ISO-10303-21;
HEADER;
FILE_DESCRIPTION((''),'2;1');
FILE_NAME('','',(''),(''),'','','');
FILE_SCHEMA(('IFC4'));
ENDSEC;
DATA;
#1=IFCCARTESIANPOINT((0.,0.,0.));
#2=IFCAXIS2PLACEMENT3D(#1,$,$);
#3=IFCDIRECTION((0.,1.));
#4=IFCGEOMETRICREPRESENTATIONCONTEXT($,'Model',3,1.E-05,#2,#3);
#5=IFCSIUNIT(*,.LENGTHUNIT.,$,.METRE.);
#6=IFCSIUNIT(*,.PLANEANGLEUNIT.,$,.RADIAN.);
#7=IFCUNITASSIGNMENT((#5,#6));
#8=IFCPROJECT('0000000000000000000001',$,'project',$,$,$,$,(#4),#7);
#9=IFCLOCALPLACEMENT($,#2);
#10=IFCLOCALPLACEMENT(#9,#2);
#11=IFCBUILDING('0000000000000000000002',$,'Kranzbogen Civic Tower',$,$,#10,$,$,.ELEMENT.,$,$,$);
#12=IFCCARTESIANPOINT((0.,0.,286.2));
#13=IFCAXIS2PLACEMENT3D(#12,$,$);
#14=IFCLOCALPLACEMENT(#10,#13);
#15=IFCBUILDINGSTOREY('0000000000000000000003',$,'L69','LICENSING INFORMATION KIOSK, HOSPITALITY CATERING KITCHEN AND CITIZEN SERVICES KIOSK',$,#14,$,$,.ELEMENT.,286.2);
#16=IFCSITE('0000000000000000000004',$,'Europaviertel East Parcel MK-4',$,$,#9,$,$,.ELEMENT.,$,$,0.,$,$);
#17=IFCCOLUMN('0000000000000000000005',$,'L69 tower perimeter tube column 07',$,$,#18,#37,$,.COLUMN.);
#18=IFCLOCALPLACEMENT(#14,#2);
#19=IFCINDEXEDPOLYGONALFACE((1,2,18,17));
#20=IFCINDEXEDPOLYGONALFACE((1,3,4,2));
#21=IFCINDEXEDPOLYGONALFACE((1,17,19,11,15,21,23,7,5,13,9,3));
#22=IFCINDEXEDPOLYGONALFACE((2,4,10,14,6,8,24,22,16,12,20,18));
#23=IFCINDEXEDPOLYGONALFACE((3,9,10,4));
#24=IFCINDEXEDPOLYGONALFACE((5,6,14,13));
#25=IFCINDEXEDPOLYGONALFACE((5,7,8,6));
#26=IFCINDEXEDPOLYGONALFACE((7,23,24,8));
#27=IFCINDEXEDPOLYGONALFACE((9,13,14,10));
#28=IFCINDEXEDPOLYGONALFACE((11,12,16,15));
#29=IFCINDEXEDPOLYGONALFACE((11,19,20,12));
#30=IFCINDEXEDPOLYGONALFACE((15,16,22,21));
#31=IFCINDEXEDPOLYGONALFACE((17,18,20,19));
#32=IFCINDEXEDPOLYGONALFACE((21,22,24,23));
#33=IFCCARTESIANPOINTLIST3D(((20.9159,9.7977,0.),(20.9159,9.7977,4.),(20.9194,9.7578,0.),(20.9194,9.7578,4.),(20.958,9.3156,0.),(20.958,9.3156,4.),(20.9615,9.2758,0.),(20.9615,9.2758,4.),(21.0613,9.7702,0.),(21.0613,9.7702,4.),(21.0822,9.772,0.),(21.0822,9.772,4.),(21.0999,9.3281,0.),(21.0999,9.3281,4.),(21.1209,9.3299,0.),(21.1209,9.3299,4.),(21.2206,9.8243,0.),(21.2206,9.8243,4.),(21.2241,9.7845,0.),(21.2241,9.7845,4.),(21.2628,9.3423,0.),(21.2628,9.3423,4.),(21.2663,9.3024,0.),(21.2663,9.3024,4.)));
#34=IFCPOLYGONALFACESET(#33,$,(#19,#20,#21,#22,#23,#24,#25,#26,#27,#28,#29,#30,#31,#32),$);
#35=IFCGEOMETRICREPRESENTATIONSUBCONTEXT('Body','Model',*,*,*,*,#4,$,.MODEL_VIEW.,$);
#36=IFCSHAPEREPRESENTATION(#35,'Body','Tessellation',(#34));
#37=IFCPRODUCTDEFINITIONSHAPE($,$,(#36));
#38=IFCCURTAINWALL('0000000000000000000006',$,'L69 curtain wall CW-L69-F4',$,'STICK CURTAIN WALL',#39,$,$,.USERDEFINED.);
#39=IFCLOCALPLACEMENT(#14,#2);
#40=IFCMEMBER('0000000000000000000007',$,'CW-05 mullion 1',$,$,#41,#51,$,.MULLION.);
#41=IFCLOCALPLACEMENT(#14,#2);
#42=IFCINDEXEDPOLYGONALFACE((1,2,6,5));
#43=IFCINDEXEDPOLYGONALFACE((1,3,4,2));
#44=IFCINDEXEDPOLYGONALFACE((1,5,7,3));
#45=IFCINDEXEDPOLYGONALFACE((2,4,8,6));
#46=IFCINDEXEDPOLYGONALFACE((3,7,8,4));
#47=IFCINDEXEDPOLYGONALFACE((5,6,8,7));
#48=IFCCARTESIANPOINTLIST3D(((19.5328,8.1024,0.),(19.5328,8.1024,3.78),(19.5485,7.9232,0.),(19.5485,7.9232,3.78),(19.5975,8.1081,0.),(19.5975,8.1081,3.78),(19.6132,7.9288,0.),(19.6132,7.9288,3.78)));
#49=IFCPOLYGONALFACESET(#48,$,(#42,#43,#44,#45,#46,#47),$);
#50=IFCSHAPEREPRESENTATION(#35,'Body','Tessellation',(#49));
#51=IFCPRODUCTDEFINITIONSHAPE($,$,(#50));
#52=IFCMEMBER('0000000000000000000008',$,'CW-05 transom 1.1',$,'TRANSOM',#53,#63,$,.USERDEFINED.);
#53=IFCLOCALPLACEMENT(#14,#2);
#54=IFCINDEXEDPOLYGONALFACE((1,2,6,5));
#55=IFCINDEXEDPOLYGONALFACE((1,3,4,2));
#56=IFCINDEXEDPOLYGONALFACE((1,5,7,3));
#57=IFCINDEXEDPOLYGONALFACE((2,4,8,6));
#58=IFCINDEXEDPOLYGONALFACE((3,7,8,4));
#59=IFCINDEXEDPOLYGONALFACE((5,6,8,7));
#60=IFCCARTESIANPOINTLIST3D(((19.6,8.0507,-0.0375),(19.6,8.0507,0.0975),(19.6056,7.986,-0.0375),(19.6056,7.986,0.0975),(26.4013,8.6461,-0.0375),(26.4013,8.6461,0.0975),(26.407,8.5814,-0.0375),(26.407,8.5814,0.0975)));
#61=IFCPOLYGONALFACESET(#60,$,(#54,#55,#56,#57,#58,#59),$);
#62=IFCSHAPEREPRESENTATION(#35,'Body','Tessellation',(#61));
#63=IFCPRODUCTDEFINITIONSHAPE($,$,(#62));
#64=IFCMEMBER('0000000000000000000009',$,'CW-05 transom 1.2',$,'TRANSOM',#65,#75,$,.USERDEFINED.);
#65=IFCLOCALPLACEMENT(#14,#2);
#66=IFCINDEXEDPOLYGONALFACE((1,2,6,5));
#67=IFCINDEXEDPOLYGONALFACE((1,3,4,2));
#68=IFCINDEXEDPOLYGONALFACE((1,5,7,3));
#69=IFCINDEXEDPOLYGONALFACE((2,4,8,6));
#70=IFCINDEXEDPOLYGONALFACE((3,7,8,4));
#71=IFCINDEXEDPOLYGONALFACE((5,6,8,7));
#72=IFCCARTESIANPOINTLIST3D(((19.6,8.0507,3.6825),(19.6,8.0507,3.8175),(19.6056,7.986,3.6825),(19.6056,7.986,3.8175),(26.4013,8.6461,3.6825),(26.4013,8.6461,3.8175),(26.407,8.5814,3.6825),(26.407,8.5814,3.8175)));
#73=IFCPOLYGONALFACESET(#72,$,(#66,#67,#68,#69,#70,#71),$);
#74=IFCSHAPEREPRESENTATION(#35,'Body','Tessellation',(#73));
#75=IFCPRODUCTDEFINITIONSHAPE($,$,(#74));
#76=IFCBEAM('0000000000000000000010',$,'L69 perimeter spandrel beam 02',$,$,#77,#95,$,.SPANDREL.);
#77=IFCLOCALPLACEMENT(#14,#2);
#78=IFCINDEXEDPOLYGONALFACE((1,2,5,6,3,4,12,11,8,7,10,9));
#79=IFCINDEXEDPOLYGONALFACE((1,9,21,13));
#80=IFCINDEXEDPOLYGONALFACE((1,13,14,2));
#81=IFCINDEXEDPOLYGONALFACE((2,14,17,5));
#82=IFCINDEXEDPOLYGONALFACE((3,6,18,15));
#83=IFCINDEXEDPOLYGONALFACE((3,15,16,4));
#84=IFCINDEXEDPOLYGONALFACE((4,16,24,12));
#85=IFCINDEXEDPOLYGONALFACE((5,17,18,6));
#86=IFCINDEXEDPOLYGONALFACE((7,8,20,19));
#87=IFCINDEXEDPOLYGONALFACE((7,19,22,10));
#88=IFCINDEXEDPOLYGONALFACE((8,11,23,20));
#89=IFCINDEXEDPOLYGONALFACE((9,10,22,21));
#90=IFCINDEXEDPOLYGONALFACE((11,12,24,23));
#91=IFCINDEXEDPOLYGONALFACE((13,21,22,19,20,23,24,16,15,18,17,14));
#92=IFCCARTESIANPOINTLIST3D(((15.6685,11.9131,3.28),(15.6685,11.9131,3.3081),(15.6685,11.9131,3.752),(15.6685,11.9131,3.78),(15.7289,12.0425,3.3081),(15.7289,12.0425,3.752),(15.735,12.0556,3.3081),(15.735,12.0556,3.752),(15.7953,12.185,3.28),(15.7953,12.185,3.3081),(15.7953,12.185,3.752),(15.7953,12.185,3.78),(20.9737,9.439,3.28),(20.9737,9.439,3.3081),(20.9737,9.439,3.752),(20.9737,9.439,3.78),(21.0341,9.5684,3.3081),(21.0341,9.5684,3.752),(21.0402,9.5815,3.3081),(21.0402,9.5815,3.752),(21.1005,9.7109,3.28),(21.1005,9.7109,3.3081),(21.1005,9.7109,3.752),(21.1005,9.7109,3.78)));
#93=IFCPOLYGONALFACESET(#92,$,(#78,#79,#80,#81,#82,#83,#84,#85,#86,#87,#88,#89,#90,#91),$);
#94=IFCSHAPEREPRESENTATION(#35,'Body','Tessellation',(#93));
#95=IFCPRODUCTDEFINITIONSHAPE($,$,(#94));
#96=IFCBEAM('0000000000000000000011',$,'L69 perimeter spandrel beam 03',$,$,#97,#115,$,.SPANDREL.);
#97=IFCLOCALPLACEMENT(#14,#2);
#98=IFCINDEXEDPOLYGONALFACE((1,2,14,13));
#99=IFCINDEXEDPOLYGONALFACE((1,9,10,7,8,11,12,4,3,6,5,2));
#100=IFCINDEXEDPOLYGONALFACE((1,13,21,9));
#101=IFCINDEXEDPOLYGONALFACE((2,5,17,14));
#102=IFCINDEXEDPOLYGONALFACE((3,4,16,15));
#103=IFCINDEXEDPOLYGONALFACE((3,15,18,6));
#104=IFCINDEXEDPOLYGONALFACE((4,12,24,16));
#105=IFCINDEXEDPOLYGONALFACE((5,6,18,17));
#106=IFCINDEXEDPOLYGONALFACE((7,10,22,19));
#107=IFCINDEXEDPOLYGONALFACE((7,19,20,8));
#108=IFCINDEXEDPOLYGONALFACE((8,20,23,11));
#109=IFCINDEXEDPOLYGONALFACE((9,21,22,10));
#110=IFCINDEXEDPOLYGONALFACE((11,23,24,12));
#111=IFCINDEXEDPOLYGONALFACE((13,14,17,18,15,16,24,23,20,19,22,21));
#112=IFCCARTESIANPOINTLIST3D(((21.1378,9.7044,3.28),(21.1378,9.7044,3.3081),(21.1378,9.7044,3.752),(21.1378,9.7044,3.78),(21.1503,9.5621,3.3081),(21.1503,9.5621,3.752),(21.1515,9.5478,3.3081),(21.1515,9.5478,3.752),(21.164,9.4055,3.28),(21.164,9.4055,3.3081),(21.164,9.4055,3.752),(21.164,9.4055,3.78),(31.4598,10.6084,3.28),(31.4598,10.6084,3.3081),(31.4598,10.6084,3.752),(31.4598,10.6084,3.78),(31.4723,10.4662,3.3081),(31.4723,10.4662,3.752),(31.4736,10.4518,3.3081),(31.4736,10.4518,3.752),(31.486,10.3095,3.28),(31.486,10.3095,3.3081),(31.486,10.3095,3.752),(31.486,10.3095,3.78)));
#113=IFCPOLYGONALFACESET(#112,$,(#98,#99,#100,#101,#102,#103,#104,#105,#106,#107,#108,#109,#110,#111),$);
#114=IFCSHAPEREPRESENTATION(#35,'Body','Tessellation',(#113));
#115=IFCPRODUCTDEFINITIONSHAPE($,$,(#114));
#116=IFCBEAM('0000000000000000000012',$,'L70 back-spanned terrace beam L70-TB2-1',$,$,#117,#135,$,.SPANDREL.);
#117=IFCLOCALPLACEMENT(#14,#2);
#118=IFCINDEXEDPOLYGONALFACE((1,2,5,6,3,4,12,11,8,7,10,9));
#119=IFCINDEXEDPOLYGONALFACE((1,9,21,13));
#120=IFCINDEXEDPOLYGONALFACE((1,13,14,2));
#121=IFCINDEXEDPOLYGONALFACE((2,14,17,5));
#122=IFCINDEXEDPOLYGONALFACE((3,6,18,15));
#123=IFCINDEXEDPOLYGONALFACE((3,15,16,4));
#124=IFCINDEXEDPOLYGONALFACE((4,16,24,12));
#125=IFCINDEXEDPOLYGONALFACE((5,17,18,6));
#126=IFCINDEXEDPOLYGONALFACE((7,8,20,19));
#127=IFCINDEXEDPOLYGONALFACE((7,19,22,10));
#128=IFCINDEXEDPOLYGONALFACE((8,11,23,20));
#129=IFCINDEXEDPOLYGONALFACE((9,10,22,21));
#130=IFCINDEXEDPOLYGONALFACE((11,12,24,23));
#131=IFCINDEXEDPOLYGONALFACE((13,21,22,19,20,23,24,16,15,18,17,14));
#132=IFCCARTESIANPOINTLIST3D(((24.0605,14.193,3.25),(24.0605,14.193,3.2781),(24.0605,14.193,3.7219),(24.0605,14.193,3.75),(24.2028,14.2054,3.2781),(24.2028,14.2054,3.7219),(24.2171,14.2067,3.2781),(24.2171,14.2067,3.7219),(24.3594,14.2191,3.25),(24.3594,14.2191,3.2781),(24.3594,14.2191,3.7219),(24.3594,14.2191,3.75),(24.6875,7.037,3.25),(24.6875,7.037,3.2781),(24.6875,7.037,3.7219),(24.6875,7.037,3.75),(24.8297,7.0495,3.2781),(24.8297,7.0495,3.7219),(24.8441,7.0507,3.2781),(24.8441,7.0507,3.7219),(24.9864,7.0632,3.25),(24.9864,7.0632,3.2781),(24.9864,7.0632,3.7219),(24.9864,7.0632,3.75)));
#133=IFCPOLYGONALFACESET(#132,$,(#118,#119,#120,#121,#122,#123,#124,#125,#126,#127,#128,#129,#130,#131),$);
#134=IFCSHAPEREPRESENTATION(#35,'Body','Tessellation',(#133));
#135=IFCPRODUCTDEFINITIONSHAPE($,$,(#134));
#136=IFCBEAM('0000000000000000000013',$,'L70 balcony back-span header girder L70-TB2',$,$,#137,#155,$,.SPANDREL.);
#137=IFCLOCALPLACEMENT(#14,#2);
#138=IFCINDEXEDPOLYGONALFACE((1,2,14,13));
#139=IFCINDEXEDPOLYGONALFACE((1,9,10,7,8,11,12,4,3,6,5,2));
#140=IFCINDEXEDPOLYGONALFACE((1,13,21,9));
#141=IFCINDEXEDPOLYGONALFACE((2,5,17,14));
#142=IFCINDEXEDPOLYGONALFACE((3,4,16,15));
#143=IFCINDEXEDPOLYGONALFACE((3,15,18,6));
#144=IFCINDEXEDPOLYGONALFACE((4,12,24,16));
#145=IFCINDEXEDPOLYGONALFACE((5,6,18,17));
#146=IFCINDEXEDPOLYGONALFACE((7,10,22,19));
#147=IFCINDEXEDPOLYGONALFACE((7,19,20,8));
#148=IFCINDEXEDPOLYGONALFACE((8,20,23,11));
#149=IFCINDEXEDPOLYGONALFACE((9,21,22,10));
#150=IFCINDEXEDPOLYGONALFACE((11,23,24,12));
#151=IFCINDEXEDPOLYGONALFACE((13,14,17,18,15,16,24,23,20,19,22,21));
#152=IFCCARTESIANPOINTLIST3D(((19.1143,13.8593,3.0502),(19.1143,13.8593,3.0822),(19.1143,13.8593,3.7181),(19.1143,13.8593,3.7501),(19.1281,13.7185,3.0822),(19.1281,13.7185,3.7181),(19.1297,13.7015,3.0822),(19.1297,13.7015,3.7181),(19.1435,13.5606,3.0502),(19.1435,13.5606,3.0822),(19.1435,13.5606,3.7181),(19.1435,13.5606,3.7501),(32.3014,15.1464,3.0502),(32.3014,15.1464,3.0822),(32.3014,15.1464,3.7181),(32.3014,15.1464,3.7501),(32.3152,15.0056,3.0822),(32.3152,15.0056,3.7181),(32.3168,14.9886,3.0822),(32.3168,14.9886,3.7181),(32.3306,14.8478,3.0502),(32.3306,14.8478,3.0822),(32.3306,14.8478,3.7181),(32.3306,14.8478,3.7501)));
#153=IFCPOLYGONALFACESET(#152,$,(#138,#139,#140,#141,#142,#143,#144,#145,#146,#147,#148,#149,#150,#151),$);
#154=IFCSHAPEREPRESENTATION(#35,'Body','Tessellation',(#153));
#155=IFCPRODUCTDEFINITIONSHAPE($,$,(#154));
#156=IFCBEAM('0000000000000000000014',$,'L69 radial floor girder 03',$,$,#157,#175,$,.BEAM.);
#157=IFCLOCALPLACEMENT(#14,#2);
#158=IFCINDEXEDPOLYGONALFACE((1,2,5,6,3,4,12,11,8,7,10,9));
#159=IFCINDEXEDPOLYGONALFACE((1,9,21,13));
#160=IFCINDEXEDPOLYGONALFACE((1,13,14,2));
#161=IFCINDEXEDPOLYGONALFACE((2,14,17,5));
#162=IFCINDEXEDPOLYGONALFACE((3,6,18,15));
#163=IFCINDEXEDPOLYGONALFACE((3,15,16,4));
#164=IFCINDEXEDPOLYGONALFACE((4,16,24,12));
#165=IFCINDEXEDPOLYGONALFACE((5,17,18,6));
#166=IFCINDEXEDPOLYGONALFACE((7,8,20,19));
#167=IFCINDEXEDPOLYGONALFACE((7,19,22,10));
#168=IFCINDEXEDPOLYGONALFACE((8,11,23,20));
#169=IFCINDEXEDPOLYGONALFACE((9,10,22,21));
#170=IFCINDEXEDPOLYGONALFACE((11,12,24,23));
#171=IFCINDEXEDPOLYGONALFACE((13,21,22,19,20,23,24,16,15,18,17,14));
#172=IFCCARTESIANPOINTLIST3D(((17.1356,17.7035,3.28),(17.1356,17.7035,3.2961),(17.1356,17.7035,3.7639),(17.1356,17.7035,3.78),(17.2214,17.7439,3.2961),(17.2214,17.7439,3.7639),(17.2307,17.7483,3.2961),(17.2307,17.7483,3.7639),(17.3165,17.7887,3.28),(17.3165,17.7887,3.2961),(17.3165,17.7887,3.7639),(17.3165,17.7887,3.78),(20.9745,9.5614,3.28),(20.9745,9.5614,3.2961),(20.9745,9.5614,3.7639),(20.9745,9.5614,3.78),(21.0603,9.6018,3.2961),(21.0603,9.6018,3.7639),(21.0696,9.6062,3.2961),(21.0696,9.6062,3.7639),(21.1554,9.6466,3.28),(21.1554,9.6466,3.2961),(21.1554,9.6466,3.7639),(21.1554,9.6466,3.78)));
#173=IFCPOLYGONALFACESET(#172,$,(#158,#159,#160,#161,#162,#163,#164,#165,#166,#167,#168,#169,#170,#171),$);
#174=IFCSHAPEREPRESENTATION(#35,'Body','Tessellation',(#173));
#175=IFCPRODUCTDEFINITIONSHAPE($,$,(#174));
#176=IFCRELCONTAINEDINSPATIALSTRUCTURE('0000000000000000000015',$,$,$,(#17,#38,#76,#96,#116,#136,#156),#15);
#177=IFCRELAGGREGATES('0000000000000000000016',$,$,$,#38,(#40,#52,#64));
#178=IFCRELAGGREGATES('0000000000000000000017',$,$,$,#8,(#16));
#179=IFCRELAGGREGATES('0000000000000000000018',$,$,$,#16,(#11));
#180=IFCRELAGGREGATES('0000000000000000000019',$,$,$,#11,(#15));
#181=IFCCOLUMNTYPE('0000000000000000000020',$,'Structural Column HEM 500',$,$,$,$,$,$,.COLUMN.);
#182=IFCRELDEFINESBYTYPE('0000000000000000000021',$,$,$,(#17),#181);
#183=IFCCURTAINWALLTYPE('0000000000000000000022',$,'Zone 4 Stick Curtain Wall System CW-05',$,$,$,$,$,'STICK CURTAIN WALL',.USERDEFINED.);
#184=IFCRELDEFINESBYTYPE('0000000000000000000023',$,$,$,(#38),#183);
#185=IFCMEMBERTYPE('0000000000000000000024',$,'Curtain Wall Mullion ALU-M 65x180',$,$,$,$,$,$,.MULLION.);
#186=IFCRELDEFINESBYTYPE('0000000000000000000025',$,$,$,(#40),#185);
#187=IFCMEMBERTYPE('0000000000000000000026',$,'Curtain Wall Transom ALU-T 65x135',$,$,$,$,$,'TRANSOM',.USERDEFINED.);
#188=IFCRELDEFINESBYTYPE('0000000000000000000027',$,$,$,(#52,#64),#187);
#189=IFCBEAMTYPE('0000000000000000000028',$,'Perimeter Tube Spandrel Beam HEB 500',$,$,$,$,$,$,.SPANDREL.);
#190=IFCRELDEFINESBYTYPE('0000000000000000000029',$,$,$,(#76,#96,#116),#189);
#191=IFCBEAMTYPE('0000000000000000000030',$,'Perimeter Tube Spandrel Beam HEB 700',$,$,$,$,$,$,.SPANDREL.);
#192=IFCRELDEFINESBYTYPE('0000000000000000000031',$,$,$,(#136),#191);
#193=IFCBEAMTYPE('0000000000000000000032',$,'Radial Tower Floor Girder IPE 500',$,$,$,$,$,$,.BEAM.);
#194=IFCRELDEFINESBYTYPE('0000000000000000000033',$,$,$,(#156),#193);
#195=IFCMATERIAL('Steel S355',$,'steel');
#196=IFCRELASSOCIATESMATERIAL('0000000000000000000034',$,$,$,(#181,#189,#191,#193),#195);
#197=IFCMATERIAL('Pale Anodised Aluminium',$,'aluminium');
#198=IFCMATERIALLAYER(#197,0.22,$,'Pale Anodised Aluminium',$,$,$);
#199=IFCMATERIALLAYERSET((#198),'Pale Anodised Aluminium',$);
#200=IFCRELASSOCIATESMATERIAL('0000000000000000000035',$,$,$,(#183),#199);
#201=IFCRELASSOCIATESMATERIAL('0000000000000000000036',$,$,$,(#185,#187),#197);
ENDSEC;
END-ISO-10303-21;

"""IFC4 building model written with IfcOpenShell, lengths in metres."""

from ifc_helpers import new_model, si_unit, direction, frame, origin, origin_2d, place, context, subcontext, project, spatial, rectangle, i_section, extrude, material, layer, layer_set, material_profile, profile_set, type_object, element, aggregate, save


model = new_model("IFC4")

# Units and contexts
model_context = context("Model", 3, precision=1e-05, world=origin(), true_north=direction((0.0, 1.0)))
body_context = subcontext(model_context, "Body", "Model", "MODEL_VIEW")
ifc_project = project(units=[si_unit("LENGTHUNIT", "METRE"), si_unit("PLANEANGLEUNIT", "RADIAN")], contexts=[model_context])

# Site, building, storey
site_placement = place(None, origin())
site = spatial("IfcSite", under=ifc_project, at=site_placement, Name="Europaviertel East Parcel MK-4", CompositionType="ELEMENT", RefElevation=0.0)
building_placement = place(site_placement, origin())
building = spatial("IfcBuilding", under=site, at=building_placement, Name="Kranzbogen Civic Tower", CompositionType="ELEMENT")
storey_placement = place(building_placement, frame((0.0, 0.0, 286.2)))
storey = spatial("IfcBuildingStorey", under=building, at=storey_placement, Name="L69", Description="LICENSING INFORMATION KIOSK, HOSPITALITY CATERING KITCHEN AND CITIZEN SERVICES KIOSK", CompositionType="ELEMENT", Elevation=286.2)

# Column
ifc_material_1 = material(Name="Steel S355", Category="steel")
ifc_material_profile_1 = material_profile(ifc_material_1, i_section(OverallWidth=0.3059, OverallDepth=0.5239, WebThickness=0.021, FlangeThickness=0.04, at=origin_2d()), Name="HEM 500")
ifc_profile_set_1 = profile_set([ifc_material_profile_1], Name="Steel S355")
column_type = type_object("IfcColumnType", Name="Structural Column HEM 500", PredefinedType="COLUMN", material=ifc_profile_set_1)
column_placement = place(storey_placement, frame((21.0911, 9.55, 0.0), z_axis=(0.0, 0.0, 1.0), x_axis=(0.996195, 0.087156, 0.0)))
element("IfcColumn", 1, at=column_placement, inside=storey, type_object=column_type, Name="L69 tower perimeter tube column 07", PredefinedType="COLUMN", context=body_context, shape_type="SweptSolid", body=[
    extrude(i_section(OverallWidth=0.3059, OverallDepth=0.5239, WebThickness=0.021, FlangeThickness=0.04, at=origin_2d()), origin(), (0.0, 0.0, 1.0), 4.0),
])

# Curtain wall, members
ifc_material_2 = material(Name="Pale Anodised Aluminium", Category="aluminium")
ifc_layer_1 = layer(ifc_material_2, 0.22, Name="Pale Anodised Aluminium")
ifc_layer_set_1 = layer_set([ifc_layer_1], Name="Pale Anodised Aluminium")
curtain_wall_type = type_object("IfcCurtainWallType", Name="Zone 4 Stick Curtain Wall System CW-05", ElementType="STICK CURTAIN WALL", PredefinedType="USERDEFINED", material=ifc_layer_set_1)
curtain_wall_placement = place(storey_placement, origin())
curtain_wall = element("IfcCurtainWall", 2, at=curtain_wall_placement, inside=storey, type_object=curtain_wall_type, Name="L69 curtain wall CW-L69-F4", ObjectType="STICK CURTAIN WALL", PredefinedType="USERDEFINED")
ifc_material_profile_2 = material_profile(ifc_material_2, rectangle(XDim=0.0649, YDim=0.1799, at=origin_2d()), Name="ALU-M 65x180")
ifc_profile_set_2 = profile_set([ifc_material_profile_2], Name="Pale Anodised Aluminium")
member_type_1 = type_object("IfcMemberType", Name="Curtain Wall Mullion ALU-M 65x180", PredefinedType="MULLION", material=ifc_profile_set_2)
member_1_placement = place(storey_placement, frame((19.573, 8.0156, 0.0), z_axis=(0.0, 0.0, 1.0), x_axis=(0.996187, 0.087244, 0.0)))
member_1 = element("IfcMember", 3, at=member_1_placement, type_object=member_type_1, Name="CW-05 mullion 1", PredefinedType="MULLION", context=body_context, shape_type="SweptSolid", body=[
    extrude(rectangle(XDim=0.0649, YDim=0.1799, at=origin_2d()), origin(), (0.0, 0.0, 1.0), 3.78),
])
ifc_material_profile_3 = material_profile(ifc_material_2, rectangle(XDim=0.0649, YDim=0.135, at=origin_2d()), Name="ALU-T 65x135")
ifc_profile_set_3 = profile_set([ifc_material_profile_3], Name="Pale Anodised Aluminium")
member_type_2 = type_object("IfcMemberType", Name="Curtain Wall Transom ALU-T 65x135", ElementType="TRANSOM", PredefinedType="USERDEFINED", material=ifc_profile_set_3)
member_2_placement = place(storey_placement, frame((19.6028, 8.0183, 0.03), z_axis=(0.996189, 0.087218, 0.0), x_axis=(-0.087218, 0.996189, 0.0)))
member_2 = element("IfcMember", 4, at=member_2_placement, type_object=member_type_2, Name="CW-05 transom 1.1", ObjectType="TRANSOM", PredefinedType="USERDEFINED", context=body_context, shape_type="SweptSolid", body=[
    extrude(rectangle(XDim=0.0649, YDim=0.135, at=origin_2d()), origin(), (0.0, 0.0, 1.0), 6.8274),
])
member_3_placement = place(storey_placement, frame((19.6028, 8.0183, 3.75), z_axis=(0.996189, 0.087218, 0.0), x_axis=(-0.087218, 0.996189, 0.0)))
member_3 = element("IfcMember", 5, at=member_3_placement, type_object=member_type_2, Name="CW-05 transom 1.2", ObjectType="TRANSOM", PredefinedType="USERDEFINED", context=body_context, shape_type="SweptSolid", body=[
    extrude(rectangle(XDim=0.0649, YDim=0.135, at=origin_2d()), origin(), (0.0, 0.0, 1.0), 6.8274),
])

# Beams
ifc_material_profile_4 = material_profile(ifc_material_1, i_section(OverallWidth=0.3, OverallDepth=0.5, WebThickness=0.0144, FlangeThickness=0.0281, at=origin_2d()), Name="HEB 500")
ifc_profile_set_4 = profile_set([ifc_material_profile_4], Name="Steel S355")
beam_type_1 = type_object("IfcBeamType", Name="Perimeter Tube Spandrel Beam HEB 500", PredefinedType="SPANDREL", material=ifc_profile_set_4)
beam_1_placement = place(storey_placement, frame((15.7319, 12.0491, 3.53), z_axis=(0.90629, -0.422657, 0.0), x_axis=(0.422657, 0.90629, 0.0)))
element("IfcBeam", 6, at=beam_1_placement, inside=storey, type_object=beam_type_1, Name="L69 perimeter spandrel beam 02", PredefinedType="SPANDREL", context=body_context, shape_type="SweptSolid", body=[
    extrude(i_section(OverallWidth=0.3, OverallDepth=0.5, WebThickness=0.0144, FlangeThickness=0.0281, at=origin_2d()), origin(), (0.0, 0.0, 1.0), 5.8538),
])
beam_2_placement = place(storey_placement, frame((21.1509, 9.5549, 3.53), z_axis=(0.996186, 0.087251, 0.0), x_axis=(-0.087251, 0.996186, 0.0)))
element("IfcBeam", 7, at=beam_2_placement, inside=storey, type_object=beam_type_1, Name="L69 perimeter spandrel beam 03", PredefinedType="SPANDREL", context=body_context, shape_type="SweptSolid", body=[
    extrude(i_section(OverallWidth=0.3, OverallDepth=0.5, WebThickness=0.0144, FlangeThickness=0.0281, at=origin_2d()), origin(), (0.0, 0.0, 1.0), 10.3616),
])
beam_3_placement = place(storey_placement, frame((24.21, 14.2061, 3.5), z_axis=(0.087278, -0.996184, 0.0), x_axis=(0.996184, 0.087278, 0.0)))
element("IfcBeam", 8, at=beam_3_placement, inside=storey, type_object=beam_type_1, Name="L70 back-spanned terrace beam L70-TB2-1", PredefinedType="SPANDREL", context=body_context, shape_type="SweptSolid", body=[
    extrude(i_section(OverallWidth=0.3, OverallDepth=0.5, WebThickness=0.0144, FlangeThickness=0.0281, at=origin_2d()), origin(), (0.0, 0.0, 1.0), 7.1833),
])
ifc_material_profile_5 = material_profile(ifc_material_1, i_section(OverallWidth=0.3, OverallDepth=0.7, WebThickness=0.0171, FlangeThickness=0.032, at=origin_2d()), Name="HEB 700")
ifc_profile_set_5 = profile_set([ifc_material_profile_5], Name="Steel S355")
beam_type_2 = type_object("IfcBeamType", Name="Perimeter Tube Spandrel Beam HEB 700", PredefinedType="SPANDREL", material=ifc_profile_set_5)
beam_4_placement = place(storey_placement, frame((19.1289, 13.71, 3.4001), z_axis=(0.99527, 0.097143, 0.0), x_axis=(-0.097143, 0.99527, 0.0)))
element("IfcBeam", 9, at=beam_4_placement, inside=storey, type_object=beam_type_2, Name="L70 balcony back-span header girder L70-TB2", PredefinedType="SPANDREL", context=body_context, shape_type="SweptSolid", body=[
    extrude(i_section(OverallWidth=0.3, OverallDepth=0.7, WebThickness=0.0171, FlangeThickness=0.032, at=origin_2d()), origin(), (0.0, 0.0, 1.0), 13.2498),
])
ifc_material_profile_6 = material_profile(ifc_material_1, i_section(OverallWidth=0.2, OverallDepth=0.5, WebThickness=0.0103, FlangeThickness=0.0161, at=origin_2d()), Name="IPE 500")
ifc_profile_set_6 = profile_set([ifc_material_profile_6], Name="Steel S355")
beam_type_3 = type_object("IfcBeamType", Name="Radial Tower Floor Girder IPE 500", PredefinedType="BEAM", material=ifc_profile_set_6)
beam_5_placement = place(storey_placement, frame((21.0649, 9.604, 3.53), z_axis=(-0.42646, 0.904506, 0.0), x_axis=(-0.904506, -0.42646, 0.0)))
element("IfcBeam", 10, at=beam_5_placement, inside=storey, type_object=beam_type_3, Name="L69 radial floor girder 03", PredefinedType="BEAM", context=body_context, shape_type="SweptSolid", body=[
    extrude(i_section(OverallWidth=0.2, OverallDepth=0.5, WebThickness=0.0103, FlangeThickness=0.0161, at=origin_2d()), origin(), (0.0, 0.0, 1.0), 9.0017),
])

aggregate(curtain_wall, [member_1, member_2, member_3])

save(model, "model.ifc")
